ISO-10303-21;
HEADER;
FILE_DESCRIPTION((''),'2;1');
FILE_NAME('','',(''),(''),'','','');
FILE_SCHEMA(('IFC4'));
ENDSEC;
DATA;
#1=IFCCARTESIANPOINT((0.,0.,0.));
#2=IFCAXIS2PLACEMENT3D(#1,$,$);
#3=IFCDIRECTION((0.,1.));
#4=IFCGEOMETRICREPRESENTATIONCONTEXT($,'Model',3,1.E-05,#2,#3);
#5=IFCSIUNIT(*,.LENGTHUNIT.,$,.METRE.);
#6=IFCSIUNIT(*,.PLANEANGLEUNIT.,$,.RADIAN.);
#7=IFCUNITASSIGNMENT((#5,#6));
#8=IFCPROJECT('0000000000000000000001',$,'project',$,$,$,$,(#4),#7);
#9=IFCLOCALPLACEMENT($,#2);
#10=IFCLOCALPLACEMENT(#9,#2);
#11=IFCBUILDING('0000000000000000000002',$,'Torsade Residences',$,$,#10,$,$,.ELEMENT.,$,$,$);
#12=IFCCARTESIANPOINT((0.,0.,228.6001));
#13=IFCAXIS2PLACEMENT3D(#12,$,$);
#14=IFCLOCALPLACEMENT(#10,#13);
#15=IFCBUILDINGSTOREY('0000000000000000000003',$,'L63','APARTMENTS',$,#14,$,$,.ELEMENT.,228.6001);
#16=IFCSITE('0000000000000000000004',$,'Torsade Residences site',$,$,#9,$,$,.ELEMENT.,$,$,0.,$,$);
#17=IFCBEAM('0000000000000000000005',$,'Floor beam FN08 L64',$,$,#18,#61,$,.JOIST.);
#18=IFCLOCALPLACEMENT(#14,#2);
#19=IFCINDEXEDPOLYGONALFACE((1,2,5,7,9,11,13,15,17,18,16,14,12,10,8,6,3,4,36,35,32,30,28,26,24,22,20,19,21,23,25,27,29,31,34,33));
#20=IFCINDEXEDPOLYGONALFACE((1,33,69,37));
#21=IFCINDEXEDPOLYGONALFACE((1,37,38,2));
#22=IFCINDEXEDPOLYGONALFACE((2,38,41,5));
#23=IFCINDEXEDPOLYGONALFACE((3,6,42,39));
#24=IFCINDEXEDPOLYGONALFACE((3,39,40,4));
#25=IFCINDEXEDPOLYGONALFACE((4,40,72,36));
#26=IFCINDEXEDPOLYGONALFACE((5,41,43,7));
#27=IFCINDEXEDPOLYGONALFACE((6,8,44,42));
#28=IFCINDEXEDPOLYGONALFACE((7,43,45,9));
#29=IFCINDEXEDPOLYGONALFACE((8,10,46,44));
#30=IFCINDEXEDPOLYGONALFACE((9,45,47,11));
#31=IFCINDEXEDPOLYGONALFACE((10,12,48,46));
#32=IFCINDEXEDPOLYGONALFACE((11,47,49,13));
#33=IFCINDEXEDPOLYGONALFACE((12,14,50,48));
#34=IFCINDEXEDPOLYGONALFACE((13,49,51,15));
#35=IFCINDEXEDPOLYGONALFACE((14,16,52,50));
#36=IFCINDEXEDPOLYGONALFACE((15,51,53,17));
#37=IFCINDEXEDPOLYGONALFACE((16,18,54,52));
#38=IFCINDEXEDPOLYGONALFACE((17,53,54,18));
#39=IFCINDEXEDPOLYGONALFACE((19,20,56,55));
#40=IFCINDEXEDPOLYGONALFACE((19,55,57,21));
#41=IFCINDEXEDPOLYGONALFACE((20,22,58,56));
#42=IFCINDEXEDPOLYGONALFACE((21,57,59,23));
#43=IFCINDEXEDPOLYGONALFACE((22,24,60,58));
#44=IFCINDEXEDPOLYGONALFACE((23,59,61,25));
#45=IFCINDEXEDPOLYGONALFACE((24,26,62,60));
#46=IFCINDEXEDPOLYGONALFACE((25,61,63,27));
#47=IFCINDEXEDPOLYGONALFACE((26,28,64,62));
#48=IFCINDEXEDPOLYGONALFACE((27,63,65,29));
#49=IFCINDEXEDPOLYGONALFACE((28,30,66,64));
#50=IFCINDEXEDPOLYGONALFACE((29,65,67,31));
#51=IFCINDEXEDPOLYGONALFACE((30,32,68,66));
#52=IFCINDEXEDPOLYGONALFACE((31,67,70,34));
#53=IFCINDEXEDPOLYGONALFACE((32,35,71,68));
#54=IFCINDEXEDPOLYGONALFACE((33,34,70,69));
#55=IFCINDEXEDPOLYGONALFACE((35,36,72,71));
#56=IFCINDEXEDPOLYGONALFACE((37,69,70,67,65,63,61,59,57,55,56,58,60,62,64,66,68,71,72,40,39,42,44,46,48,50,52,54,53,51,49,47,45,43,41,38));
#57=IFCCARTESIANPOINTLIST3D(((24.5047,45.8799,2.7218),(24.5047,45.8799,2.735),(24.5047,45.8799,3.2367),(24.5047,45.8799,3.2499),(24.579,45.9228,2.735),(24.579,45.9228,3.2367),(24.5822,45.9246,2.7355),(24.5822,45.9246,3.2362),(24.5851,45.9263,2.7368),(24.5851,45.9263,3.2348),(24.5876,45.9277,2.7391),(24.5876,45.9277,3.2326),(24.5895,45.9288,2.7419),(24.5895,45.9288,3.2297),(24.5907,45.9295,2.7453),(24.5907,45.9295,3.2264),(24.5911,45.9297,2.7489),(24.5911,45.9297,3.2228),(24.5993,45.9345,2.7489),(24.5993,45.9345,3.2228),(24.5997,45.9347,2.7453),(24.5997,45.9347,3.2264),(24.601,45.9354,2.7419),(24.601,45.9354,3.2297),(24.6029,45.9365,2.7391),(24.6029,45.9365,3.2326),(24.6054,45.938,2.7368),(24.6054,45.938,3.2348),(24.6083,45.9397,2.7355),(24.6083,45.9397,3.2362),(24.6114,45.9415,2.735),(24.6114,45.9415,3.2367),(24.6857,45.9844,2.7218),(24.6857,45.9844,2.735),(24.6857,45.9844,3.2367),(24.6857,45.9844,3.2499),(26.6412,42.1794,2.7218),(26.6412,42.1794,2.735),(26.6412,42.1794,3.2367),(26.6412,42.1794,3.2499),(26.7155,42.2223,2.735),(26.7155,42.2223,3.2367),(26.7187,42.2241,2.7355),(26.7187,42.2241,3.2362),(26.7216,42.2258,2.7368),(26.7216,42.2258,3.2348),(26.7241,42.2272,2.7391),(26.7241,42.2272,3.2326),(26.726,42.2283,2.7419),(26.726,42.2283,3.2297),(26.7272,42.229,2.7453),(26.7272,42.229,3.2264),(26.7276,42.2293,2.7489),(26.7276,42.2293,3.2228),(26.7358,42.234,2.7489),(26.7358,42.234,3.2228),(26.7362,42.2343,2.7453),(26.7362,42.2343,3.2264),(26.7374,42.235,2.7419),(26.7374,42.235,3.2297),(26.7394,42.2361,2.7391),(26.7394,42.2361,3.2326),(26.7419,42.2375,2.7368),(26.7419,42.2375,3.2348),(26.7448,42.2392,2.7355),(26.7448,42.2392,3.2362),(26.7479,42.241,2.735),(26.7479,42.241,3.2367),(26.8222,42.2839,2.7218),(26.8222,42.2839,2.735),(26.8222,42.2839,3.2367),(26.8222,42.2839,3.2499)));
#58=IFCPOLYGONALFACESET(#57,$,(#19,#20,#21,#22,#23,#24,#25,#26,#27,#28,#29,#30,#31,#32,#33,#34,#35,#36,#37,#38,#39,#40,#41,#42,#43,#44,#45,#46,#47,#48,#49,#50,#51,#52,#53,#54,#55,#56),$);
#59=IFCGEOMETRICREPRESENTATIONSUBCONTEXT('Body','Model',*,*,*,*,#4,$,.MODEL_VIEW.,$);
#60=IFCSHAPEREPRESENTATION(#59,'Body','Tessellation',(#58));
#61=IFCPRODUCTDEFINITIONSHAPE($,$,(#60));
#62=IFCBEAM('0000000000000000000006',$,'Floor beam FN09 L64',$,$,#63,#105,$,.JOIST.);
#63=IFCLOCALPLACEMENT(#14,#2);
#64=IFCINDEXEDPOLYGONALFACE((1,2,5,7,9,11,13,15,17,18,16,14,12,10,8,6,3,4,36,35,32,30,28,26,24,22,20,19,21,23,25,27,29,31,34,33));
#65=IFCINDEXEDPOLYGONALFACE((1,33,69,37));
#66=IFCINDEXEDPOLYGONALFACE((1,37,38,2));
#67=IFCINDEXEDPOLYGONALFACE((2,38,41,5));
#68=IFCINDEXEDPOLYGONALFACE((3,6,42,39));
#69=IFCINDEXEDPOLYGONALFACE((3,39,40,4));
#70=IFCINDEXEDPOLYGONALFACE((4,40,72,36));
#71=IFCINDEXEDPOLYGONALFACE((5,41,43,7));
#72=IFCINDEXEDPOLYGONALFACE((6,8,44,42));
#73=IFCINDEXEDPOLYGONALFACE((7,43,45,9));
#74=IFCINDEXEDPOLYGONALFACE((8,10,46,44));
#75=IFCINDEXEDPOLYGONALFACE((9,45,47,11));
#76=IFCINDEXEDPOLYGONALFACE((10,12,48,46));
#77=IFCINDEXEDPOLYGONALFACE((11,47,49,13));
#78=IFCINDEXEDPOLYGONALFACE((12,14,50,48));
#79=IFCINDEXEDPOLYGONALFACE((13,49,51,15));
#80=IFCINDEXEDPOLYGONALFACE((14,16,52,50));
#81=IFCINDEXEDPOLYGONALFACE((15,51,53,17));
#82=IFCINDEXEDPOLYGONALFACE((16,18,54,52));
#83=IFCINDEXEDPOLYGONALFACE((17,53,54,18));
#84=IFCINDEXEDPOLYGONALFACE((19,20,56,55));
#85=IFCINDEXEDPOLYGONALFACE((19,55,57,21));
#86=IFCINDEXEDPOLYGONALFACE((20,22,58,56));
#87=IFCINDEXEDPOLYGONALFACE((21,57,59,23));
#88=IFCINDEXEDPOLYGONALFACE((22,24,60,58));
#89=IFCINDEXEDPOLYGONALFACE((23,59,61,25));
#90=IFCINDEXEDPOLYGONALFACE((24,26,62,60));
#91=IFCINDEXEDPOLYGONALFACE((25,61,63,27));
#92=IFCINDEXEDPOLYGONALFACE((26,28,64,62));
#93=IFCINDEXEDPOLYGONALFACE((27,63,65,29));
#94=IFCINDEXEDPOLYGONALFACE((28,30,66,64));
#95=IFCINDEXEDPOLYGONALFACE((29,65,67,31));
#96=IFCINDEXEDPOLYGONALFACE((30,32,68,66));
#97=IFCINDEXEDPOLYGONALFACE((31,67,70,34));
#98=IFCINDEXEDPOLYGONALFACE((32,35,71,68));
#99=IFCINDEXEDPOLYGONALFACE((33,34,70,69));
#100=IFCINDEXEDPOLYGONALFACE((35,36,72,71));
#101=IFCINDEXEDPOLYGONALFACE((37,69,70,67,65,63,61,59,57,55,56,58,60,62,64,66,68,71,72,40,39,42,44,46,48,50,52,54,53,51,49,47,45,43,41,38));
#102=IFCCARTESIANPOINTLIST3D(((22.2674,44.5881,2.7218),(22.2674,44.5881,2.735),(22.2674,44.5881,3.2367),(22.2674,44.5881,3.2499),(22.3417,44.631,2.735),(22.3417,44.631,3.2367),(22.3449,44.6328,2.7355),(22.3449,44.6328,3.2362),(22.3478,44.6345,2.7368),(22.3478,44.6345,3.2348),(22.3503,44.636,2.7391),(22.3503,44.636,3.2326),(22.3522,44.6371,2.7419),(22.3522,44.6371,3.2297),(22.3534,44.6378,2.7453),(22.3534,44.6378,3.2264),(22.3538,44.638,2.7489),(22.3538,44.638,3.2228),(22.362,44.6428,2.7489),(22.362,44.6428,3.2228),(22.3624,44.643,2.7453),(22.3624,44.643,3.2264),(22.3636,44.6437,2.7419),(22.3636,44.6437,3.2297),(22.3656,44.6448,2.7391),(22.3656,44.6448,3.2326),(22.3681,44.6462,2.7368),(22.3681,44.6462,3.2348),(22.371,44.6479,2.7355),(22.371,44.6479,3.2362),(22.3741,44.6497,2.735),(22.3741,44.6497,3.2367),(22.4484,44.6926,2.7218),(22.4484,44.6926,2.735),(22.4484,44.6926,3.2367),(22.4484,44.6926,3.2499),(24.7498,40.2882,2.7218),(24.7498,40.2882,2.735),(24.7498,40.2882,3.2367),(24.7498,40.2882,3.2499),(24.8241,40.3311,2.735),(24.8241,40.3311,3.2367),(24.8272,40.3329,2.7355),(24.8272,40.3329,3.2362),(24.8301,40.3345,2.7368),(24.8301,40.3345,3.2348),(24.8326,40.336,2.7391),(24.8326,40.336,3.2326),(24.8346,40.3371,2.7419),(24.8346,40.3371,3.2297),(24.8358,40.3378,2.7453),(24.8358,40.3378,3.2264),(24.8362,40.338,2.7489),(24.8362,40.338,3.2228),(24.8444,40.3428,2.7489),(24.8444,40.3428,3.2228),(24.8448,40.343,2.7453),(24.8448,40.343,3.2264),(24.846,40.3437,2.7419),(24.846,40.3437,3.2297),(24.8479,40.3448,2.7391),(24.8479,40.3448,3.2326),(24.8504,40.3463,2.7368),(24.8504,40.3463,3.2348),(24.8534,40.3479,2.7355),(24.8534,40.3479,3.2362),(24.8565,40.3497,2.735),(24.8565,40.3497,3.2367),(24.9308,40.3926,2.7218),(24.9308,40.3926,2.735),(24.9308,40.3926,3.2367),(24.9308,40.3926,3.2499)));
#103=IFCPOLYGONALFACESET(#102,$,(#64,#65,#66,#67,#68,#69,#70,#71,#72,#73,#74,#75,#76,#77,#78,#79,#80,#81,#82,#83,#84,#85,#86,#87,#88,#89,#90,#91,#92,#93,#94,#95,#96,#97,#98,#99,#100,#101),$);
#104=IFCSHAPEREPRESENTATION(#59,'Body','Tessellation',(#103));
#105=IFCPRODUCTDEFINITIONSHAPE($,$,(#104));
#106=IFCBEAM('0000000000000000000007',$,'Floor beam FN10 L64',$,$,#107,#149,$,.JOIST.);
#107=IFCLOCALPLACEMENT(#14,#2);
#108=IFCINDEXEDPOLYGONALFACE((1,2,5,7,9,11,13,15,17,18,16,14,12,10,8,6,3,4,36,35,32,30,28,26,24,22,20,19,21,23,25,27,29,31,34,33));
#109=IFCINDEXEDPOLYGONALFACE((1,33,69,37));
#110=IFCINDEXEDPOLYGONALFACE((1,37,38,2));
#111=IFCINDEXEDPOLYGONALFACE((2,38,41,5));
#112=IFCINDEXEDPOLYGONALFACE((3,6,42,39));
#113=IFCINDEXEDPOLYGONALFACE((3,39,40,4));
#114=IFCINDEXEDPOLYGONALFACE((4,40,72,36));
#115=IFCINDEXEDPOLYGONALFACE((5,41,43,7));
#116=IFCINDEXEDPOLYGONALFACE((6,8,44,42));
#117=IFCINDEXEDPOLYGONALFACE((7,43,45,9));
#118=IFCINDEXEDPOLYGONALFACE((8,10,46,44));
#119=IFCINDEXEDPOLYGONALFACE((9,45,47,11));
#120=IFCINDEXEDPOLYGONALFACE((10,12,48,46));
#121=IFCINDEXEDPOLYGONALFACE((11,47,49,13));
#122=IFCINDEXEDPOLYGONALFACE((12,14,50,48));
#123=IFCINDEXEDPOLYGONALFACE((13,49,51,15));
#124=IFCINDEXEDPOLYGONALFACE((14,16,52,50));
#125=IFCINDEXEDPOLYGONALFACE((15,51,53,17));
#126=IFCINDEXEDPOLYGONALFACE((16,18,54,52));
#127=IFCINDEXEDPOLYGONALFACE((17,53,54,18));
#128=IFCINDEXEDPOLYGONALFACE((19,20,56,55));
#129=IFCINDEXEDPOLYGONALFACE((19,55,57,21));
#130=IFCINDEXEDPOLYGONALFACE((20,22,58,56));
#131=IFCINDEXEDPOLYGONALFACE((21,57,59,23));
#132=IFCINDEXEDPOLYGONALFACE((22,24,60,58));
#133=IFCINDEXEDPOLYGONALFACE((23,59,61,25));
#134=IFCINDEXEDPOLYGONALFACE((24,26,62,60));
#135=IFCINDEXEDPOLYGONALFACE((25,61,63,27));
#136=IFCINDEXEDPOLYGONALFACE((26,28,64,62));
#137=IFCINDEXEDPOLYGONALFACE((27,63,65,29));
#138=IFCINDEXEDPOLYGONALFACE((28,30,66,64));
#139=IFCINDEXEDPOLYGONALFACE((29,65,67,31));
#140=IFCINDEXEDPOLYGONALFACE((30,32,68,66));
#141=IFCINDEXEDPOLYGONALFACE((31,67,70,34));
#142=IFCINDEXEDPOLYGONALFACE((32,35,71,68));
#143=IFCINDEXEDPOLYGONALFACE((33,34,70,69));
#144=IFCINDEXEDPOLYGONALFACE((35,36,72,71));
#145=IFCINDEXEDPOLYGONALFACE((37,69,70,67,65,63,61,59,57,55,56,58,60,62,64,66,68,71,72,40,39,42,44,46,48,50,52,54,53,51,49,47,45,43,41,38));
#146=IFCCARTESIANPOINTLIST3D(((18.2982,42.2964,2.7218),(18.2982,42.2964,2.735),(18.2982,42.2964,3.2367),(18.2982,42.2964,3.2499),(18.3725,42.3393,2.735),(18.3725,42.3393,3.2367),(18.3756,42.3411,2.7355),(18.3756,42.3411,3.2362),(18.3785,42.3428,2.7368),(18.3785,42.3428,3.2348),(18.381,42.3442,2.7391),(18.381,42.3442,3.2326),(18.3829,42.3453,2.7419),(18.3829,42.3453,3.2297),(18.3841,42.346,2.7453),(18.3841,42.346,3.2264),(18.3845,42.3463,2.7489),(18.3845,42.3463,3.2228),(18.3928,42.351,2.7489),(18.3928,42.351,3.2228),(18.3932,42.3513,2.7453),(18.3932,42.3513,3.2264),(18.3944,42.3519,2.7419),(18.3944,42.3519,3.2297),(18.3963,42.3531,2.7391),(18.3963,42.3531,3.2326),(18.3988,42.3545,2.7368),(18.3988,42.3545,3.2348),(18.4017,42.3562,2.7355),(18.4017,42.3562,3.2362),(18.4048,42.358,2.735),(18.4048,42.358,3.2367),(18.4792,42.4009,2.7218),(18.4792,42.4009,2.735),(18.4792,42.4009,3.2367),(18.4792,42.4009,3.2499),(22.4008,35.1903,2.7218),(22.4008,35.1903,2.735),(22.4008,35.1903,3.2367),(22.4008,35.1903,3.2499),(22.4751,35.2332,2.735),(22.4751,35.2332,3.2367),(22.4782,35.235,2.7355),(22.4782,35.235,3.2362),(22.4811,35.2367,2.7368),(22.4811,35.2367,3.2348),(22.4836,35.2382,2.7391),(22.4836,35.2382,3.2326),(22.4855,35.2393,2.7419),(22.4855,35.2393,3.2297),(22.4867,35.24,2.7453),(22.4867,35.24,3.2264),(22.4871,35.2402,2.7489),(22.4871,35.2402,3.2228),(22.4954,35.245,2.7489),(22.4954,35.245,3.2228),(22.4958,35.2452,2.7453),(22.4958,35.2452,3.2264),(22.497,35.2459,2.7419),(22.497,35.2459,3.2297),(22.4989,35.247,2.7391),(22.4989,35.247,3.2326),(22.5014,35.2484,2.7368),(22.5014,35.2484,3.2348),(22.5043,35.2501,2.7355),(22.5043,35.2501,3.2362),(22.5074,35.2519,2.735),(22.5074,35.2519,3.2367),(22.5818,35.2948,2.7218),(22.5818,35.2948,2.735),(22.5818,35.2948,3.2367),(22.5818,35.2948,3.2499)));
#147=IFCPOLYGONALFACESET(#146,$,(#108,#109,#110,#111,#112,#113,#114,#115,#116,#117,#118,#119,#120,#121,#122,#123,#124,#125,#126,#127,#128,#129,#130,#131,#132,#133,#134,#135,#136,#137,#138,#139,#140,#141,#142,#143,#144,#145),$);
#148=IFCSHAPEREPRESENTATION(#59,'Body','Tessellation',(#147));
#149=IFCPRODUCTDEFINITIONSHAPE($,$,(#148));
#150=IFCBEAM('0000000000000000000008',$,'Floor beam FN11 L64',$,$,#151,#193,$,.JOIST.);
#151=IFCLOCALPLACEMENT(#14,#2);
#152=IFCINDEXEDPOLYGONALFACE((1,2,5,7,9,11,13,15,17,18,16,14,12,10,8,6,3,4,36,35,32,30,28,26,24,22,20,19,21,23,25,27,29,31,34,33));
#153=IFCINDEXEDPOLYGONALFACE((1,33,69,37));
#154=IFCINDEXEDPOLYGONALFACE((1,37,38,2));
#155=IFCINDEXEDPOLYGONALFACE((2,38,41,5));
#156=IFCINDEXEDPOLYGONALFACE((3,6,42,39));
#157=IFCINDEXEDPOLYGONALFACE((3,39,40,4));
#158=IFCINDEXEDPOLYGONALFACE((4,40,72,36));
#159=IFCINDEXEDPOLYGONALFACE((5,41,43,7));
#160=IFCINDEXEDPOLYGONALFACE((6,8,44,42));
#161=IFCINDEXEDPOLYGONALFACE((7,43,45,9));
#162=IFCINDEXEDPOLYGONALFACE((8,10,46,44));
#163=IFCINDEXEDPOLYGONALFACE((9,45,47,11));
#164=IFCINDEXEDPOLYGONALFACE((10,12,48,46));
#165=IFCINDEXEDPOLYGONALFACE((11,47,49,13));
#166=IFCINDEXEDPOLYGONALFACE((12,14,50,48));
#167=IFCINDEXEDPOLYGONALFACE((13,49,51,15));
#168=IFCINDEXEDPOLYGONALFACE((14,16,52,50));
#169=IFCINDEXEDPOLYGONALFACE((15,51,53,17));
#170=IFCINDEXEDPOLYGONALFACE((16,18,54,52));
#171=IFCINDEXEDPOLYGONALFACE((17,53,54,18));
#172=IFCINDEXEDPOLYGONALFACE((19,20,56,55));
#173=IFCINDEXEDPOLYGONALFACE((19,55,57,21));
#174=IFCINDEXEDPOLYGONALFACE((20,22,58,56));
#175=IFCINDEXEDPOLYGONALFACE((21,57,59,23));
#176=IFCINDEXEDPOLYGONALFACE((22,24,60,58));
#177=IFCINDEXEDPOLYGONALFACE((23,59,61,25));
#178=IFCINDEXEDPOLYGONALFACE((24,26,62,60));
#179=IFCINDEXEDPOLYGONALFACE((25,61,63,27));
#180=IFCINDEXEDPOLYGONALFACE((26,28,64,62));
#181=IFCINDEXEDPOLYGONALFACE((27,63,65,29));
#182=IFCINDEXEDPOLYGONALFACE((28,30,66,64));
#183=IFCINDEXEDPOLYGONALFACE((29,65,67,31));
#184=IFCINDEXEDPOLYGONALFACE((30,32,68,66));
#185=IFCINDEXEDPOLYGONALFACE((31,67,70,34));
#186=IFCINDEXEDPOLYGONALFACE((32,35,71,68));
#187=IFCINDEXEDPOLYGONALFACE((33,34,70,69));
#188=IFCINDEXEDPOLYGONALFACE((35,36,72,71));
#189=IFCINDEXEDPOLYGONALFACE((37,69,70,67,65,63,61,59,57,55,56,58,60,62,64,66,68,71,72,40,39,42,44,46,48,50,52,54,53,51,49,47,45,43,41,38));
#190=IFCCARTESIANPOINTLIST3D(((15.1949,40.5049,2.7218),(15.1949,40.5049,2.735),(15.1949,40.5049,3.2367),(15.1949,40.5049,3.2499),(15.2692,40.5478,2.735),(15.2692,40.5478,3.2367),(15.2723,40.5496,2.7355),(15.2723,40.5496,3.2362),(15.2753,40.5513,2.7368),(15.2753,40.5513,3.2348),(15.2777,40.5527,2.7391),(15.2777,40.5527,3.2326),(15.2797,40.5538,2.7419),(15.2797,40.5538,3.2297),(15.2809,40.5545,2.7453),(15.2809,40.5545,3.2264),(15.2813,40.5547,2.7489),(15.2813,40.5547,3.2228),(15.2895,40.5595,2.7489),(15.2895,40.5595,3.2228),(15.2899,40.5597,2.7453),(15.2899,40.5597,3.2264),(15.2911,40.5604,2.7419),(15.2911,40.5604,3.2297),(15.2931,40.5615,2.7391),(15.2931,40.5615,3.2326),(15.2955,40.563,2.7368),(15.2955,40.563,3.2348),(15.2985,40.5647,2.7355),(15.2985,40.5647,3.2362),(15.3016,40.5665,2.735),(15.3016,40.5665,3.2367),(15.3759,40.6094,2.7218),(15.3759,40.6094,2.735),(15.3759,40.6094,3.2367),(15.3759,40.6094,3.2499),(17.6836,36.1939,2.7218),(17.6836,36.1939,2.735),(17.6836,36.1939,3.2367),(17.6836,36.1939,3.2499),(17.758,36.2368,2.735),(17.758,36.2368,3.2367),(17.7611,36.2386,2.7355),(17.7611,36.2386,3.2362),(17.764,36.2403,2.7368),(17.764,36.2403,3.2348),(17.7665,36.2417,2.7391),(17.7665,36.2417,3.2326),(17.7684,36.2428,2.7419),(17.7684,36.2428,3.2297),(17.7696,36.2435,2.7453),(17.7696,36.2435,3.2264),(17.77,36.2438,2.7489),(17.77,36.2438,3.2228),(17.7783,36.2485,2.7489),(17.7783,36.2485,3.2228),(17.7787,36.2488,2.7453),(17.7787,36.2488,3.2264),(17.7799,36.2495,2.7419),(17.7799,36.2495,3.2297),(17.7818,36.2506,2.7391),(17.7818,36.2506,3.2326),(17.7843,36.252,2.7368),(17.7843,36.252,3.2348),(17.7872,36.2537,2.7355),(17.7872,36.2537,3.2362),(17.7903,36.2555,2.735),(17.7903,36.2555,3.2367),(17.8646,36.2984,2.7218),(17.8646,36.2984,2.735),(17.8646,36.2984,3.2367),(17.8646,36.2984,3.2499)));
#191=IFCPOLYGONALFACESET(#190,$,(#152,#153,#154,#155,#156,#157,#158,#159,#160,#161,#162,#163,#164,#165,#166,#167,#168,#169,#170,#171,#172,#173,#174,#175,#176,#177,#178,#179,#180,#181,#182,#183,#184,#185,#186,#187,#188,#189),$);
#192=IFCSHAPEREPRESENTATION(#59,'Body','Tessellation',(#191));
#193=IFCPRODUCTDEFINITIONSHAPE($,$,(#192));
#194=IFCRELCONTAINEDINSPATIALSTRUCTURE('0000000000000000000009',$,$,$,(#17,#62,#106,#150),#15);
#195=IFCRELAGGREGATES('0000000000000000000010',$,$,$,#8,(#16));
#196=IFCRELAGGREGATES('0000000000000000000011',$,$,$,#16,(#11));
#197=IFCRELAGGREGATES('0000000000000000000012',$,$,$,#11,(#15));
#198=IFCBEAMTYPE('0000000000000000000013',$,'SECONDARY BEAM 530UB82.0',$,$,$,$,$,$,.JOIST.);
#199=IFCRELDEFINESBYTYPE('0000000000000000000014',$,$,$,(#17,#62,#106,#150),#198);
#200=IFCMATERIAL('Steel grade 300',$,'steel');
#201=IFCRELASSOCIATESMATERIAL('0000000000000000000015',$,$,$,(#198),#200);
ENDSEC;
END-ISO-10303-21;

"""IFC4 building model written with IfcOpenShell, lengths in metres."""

from ifc_helpers import new_model, si_unit, direction, frame, origin, origin_2d, place, context, subcontext, project, spatial, i_section, extrude, material, material_profile, profile_set, type_object, element, save


model = new_model("IFC4")

# Units and contexts
model_context = context("Model", 3, precision=1e-05, world=origin(), true_north=direction((0.0, 1.0)))
body_context = subcontext(model_context, "Body", "Model", "MODEL_VIEW")
ifc_project = project(units=[si_unit("LENGTHUNIT", "METRE"), si_unit("PLANEANGLEUNIT", "RADIAN")], contexts=[model_context])

# Site, building, storey
site_placement = place(None, origin())
site = spatial("IfcSite", under=ifc_project, at=site_placement, Name="Torsade Residences site", CompositionType="ELEMENT", RefElevation=0.0)
building_placement = place(site_placement, origin())
building = spatial("IfcBuilding", under=site, at=building_placement, Name="Torsade Residences", CompositionType="ELEMENT")
storey_placement = place(building_placement, frame((0.0, 0.0, 228.6001)))
storey = spatial("IfcBuildingStorey", under=building, at=storey_placement, Name="L63", Description="APARTMENTS", CompositionType="ELEMENT", Elevation=228.6001)

# Beams
ifc_material_1 = material(Name="Steel grade 300", Category="steel")
ifc_material_profile_1 = material_profile(ifc_material_1, i_section(OverallWidth=0.209, OverallDepth=0.5281, WebThickness=0.0095, FlangeThickness=0.0132, FilletRadius=0.0139, at=origin_2d()), Name="530UB82.0")
ifc_profile_set_1 = profile_set([ifc_material_profile_1], Name="Steel grade 300")
beam_type_1 = type_object("IfcBeamType", Name="SECONDARY BEAM 530UB82.0", PredefinedType="JOIST", material=ifc_profile_set_1)
beam_1_placement = place(storey_placement, frame((24.5952, 45.9321, 2.9858), z_axis=(0.500004, -0.866023, 0.0), x_axis=(0.866023, 0.500004, 0.0)))
element("IfcBeam", 1, at=beam_1_placement, inside=storey, type_object=beam_type_1, Name="Floor beam FN08 L64", PredefinedType="JOIST", context=body_context, shape_type="SweptSolid", body=[
    extrude(i_section(OverallWidth=0.209, OverallDepth=0.5281, WebThickness=0.0095, FlangeThickness=0.0132, FilletRadius=0.0139, at=origin_2d()), origin(), (0.0, 0.0, 1.0), 4.2729),
])
beam_2_placement = place(storey_placement, frame((22.3579, 44.6404, 2.9858), z_axis=(0.499968, -0.866044, 0.0), x_axis=(0.866044, 0.499968, 0.0)))
element("IfcBeam", 2, at=beam_2_placement, inside=storey, type_object=beam_type_1, Name="Floor beam FN09 L64", PredefinedType="JOIST", context=body_context, shape_type="SweptSolid", body=[
    extrude(i_section(OverallWidth=0.209, OverallDepth=0.5281, WebThickness=0.0095, FlangeThickness=0.0132, FilletRadius=0.0139, at=origin_2d()), origin(), (0.0, 0.0, 1.0), 4.9651),
])
beam_3_placement = place(storey_placement, frame((18.3887, 42.3486, 2.9858), z_axis=(0.499992, -0.86603, 0.0), x_axis=(0.86603, 0.499992, 0.0)))
element("IfcBeam", 3, at=beam_3_placement, inside=storey, type_object=beam_type_1, Name="Floor beam FN10 L64", PredefinedType="JOIST", context=body_context, shape_type="SweptSolid", body=[
    extrude(i_section(OverallWidth=0.209, OverallDepth=0.5281, WebThickness=0.0095, FlangeThickness=0.0132, FilletRadius=0.0139, at=origin_2d()), origin(), (0.0, 0.0, 1.0), 8.2053),
])
beam_4_placement = place(storey_placement, frame((15.2854, 40.5571, 2.9858), z_axis=(0.499969, -0.866043, 0.0), x_axis=(0.866043, 0.499969, 0.0)))
element("IfcBeam", 4, at=beam_4_placement, inside=storey, type_object=beam_type_1, Name="Floor beam FN11 L64", PredefinedType="JOIST", context=body_context, shape_type="SweptSolid", body=[
    extrude(i_section(OverallWidth=0.209, OverallDepth=0.5281, WebThickness=0.0095, FlangeThickness=0.0132, FilletRadius=0.0139, at=origin_2d()), origin(), (0.0, 0.0, 1.0), 4.9778),
])

save(model, "model.ifc")
